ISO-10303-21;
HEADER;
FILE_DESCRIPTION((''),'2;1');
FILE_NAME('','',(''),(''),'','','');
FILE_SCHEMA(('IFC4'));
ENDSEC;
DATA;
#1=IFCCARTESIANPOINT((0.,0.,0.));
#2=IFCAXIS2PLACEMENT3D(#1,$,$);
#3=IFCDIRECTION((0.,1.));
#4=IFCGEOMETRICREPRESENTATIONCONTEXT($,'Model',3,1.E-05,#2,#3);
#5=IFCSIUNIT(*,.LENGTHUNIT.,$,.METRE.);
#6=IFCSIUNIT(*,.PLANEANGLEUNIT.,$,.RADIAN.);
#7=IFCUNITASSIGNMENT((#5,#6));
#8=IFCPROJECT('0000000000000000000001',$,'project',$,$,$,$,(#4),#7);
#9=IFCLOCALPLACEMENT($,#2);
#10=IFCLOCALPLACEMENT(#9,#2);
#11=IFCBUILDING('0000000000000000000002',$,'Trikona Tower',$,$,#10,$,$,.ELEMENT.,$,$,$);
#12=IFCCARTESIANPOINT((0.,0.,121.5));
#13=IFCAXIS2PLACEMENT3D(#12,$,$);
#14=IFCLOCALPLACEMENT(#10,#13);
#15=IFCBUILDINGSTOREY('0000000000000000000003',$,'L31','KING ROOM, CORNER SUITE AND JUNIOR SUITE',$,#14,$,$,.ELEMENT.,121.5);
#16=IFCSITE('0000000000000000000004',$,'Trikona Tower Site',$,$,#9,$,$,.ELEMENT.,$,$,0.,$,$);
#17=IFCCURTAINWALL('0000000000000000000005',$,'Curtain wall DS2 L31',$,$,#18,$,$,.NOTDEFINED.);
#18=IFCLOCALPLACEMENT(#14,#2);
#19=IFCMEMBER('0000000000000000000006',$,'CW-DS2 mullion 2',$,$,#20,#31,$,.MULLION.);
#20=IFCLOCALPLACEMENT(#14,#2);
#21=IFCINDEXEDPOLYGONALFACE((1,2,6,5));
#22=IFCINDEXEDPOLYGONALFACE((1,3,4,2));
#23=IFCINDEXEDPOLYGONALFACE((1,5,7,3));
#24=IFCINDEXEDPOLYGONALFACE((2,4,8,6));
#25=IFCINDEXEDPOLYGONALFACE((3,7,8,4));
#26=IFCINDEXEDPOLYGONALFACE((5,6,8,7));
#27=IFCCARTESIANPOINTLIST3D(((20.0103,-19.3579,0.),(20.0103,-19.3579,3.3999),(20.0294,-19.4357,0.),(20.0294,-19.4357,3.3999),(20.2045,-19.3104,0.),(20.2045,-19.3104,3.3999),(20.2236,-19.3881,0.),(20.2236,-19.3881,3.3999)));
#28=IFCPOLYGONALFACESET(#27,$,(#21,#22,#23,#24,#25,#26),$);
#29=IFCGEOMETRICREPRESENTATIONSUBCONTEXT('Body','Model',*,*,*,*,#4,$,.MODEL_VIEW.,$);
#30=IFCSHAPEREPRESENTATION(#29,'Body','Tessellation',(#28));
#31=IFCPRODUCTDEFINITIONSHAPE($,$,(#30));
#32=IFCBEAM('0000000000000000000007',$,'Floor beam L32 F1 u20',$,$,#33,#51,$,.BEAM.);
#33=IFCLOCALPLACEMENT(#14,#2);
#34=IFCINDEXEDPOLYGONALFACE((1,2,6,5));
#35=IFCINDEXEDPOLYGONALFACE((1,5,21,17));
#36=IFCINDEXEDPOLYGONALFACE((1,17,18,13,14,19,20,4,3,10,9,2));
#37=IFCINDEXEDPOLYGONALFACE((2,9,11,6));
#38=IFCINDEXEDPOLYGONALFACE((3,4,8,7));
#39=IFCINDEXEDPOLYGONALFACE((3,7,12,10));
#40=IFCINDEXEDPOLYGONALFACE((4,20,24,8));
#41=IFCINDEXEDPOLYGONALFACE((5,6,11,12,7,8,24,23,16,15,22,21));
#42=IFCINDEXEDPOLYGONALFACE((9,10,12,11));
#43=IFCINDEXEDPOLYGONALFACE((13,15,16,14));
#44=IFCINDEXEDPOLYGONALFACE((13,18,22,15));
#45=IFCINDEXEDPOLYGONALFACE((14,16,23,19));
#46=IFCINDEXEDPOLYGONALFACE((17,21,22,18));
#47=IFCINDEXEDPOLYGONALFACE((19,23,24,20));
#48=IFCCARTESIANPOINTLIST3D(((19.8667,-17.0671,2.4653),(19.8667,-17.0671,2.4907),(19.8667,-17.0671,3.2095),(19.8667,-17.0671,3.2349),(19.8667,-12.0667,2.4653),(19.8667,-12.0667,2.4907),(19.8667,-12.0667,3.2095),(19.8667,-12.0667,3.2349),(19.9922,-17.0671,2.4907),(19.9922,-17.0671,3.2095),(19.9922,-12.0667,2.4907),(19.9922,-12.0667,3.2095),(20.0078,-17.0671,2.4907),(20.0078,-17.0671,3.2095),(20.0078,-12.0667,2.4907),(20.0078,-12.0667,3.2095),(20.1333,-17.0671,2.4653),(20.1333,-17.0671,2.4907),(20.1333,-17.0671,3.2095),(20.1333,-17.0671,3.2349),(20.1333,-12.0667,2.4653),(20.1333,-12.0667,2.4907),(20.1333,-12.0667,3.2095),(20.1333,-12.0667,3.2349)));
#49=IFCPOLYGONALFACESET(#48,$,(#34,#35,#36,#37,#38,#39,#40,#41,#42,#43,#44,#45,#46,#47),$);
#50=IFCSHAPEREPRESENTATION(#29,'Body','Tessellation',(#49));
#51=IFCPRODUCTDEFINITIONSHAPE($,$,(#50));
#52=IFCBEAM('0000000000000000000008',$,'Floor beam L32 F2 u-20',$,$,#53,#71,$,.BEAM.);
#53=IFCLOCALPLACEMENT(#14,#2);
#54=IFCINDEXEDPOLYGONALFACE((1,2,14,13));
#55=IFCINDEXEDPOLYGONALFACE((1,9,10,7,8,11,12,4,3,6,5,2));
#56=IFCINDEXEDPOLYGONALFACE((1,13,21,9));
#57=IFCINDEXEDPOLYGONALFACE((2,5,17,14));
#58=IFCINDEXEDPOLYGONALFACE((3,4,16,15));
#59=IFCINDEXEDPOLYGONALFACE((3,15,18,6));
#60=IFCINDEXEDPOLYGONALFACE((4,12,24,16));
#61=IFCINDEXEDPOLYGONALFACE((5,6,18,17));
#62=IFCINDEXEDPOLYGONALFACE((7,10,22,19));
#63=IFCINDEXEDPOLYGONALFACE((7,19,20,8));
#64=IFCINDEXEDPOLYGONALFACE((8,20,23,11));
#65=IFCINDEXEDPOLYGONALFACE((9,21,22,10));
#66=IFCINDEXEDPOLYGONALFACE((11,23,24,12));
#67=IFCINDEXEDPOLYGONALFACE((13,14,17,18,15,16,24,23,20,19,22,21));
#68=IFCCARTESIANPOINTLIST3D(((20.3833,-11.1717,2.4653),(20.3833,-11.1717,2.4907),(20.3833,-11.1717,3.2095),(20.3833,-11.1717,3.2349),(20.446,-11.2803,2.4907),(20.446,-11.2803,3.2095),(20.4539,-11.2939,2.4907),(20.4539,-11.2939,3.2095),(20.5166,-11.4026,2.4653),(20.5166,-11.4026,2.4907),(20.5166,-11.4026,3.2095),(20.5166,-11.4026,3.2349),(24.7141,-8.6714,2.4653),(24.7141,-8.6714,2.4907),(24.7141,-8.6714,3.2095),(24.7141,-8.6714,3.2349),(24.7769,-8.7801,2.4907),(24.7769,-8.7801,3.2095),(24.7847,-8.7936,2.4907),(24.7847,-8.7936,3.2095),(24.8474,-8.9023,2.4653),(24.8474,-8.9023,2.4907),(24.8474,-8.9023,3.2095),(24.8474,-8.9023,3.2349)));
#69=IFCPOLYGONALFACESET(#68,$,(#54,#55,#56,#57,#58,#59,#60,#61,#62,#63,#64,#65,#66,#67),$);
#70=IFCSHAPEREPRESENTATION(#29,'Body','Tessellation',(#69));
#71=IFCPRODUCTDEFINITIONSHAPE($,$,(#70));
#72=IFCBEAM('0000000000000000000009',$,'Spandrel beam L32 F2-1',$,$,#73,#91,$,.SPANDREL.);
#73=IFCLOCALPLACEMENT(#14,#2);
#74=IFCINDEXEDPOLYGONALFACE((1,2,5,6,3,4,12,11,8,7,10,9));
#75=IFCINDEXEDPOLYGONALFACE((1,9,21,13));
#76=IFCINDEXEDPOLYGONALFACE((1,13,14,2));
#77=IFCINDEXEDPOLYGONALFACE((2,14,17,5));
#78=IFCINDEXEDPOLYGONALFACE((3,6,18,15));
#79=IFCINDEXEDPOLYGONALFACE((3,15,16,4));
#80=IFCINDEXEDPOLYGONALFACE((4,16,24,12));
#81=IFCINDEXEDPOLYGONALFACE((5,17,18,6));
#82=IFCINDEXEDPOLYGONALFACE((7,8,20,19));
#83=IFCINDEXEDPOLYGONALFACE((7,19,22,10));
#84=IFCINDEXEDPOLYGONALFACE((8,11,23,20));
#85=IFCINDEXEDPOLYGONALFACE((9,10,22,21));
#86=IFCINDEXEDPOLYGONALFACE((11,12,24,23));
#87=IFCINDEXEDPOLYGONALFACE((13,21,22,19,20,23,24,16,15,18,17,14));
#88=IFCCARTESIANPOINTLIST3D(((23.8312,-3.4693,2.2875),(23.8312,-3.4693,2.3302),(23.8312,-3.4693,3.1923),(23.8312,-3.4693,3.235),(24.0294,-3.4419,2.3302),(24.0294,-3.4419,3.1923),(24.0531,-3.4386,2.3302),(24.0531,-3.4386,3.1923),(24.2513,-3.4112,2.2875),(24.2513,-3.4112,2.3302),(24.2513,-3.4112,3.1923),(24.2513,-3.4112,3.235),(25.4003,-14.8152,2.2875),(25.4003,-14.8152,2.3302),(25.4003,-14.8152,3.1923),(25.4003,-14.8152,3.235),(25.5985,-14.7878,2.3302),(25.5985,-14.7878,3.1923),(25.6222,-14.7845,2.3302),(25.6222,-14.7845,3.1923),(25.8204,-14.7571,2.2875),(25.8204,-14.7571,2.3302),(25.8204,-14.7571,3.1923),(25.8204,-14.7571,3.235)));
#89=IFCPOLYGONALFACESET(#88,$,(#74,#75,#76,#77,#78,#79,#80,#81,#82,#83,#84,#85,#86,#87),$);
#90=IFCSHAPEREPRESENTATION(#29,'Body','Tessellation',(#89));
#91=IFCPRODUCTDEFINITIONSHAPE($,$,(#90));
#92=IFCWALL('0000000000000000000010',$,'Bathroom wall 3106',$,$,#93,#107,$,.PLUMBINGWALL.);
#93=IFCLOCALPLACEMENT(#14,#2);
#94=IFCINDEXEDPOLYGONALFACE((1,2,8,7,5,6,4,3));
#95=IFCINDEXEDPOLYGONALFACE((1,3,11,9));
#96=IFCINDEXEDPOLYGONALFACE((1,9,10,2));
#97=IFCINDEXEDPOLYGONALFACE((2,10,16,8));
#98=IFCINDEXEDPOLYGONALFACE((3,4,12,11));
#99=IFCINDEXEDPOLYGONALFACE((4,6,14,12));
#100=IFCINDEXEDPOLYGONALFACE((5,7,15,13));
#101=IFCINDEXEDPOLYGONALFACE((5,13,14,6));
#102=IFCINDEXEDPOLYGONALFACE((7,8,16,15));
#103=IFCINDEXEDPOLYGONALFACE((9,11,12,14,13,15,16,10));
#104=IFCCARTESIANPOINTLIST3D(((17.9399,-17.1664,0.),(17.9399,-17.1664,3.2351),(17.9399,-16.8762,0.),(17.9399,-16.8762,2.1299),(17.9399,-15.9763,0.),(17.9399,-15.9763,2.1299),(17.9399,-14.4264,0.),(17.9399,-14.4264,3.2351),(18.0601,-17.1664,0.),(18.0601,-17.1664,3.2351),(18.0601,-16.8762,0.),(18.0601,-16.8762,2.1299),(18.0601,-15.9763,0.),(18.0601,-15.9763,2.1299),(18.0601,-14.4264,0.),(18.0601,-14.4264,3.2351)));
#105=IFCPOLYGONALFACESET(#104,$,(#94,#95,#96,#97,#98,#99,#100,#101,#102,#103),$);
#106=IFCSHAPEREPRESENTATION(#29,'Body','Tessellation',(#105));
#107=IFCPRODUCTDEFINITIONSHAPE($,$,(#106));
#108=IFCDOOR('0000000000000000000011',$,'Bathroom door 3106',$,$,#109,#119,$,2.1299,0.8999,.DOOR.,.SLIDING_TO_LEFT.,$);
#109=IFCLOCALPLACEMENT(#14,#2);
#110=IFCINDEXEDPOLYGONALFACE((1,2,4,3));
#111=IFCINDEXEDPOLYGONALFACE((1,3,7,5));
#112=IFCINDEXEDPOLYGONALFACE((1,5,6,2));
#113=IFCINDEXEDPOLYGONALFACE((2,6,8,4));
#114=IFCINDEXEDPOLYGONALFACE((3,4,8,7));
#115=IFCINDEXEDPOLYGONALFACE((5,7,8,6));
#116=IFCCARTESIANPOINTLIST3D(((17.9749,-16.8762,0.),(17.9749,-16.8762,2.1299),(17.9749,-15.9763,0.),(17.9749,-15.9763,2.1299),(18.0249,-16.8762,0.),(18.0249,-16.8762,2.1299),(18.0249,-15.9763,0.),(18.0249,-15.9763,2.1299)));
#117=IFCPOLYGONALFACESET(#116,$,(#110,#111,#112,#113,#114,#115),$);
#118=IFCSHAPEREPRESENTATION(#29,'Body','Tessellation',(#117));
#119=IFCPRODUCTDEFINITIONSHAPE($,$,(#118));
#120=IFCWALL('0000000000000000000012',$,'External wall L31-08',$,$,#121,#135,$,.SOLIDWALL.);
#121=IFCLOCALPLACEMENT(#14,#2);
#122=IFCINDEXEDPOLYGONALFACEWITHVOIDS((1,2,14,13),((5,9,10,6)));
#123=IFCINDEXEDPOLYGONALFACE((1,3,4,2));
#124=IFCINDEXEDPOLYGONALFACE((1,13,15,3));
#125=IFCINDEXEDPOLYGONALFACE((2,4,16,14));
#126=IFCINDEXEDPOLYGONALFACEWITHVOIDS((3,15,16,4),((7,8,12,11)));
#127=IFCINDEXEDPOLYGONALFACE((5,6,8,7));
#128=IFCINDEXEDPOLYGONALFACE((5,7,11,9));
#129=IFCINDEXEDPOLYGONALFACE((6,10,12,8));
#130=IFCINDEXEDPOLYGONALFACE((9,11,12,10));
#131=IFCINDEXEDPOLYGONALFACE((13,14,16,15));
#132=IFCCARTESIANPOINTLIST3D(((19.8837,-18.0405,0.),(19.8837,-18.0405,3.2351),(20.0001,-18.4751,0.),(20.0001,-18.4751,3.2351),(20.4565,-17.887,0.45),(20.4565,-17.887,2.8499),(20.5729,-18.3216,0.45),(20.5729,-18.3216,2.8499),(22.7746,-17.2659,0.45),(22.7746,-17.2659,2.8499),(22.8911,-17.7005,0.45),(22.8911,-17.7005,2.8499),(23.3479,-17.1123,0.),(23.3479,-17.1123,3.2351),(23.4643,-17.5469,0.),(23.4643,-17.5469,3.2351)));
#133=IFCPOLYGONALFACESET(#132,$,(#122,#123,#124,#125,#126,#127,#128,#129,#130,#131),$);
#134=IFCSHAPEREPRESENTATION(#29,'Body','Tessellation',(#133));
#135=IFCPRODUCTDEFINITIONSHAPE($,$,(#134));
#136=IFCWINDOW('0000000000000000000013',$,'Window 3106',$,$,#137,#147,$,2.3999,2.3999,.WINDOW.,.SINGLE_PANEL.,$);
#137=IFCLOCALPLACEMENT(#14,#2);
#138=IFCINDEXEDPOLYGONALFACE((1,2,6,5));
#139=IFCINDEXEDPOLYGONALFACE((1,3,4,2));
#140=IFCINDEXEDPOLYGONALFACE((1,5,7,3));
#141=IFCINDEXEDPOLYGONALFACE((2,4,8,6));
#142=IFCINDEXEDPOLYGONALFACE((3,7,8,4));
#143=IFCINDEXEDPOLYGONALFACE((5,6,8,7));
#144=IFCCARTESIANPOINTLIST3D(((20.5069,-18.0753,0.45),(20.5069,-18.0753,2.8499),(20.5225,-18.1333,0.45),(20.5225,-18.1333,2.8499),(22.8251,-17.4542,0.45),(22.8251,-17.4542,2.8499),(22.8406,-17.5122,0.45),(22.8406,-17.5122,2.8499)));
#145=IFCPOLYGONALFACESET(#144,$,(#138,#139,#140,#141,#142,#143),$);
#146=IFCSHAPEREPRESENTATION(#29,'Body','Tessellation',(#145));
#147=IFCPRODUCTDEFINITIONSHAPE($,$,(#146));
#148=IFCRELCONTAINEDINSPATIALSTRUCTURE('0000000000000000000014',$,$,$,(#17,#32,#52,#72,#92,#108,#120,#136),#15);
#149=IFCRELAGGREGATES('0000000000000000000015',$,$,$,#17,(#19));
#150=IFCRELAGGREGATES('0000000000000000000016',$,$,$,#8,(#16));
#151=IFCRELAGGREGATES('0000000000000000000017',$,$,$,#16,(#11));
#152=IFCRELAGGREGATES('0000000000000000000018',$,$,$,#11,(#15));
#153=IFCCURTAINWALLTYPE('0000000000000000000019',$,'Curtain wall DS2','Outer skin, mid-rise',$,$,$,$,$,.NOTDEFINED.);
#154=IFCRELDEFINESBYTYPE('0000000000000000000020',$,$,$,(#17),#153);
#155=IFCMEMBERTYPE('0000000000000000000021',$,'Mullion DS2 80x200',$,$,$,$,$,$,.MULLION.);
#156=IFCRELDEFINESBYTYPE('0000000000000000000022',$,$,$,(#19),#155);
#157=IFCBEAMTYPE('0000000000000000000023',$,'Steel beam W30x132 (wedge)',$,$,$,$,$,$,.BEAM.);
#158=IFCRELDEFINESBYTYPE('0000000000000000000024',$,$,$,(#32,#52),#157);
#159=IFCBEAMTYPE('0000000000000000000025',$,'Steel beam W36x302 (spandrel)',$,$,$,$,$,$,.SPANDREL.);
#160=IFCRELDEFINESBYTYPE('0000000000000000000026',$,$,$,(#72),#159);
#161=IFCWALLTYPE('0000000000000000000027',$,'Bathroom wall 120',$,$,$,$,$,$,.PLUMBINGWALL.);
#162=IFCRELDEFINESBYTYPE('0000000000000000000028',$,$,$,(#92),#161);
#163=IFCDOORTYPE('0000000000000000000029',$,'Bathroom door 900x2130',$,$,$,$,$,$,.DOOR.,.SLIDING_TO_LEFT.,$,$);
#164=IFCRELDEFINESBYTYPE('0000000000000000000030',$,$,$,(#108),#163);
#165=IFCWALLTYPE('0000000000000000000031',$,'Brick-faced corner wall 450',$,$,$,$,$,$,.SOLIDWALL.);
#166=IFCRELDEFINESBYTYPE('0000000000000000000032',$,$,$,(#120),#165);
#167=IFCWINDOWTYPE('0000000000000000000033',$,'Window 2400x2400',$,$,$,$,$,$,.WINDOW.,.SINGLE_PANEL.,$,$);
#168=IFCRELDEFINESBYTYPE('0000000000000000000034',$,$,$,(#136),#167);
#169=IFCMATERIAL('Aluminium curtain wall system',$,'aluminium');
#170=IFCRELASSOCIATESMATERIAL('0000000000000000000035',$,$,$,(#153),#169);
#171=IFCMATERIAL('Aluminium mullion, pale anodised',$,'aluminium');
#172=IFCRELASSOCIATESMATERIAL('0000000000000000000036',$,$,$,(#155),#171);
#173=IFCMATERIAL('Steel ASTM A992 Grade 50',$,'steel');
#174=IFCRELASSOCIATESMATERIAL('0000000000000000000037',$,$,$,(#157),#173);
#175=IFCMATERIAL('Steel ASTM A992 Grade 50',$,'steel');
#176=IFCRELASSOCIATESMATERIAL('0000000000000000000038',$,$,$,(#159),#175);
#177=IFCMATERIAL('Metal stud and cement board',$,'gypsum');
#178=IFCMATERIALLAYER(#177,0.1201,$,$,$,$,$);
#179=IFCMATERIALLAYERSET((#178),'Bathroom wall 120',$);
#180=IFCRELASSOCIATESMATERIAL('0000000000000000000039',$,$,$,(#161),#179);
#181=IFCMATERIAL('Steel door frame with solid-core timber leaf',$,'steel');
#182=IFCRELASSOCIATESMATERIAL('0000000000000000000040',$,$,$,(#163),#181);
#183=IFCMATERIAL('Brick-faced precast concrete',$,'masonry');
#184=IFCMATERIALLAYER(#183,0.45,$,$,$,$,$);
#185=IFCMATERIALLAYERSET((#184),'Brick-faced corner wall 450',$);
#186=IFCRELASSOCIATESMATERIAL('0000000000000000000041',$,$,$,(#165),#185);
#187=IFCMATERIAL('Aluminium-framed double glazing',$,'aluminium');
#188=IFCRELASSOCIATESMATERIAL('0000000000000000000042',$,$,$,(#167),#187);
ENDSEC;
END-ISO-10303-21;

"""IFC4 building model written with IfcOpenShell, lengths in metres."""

from ifc_helpers import new_model, si_unit, direction, frame, frame_2d, origin, origin_2d, place, context, subcontext, project, spatial, rectangle, i_section, extrude, material, layer, layer_set, material_profile, profile_set, type_object, element, fill, aggregate, save


model = new_model("IFC4")

# Units and contexts
model_context = context("Model", 3, precision=1e-05, world=origin(), true_north=direction((0.0, 1.0)))
body_context = subcontext(model_context, "Body", "Model", "MODEL_VIEW")
ifc_project = project(units=[si_unit("LENGTHUNIT", "METRE"), si_unit("PLANEANGLEUNIT", "RADIAN")], contexts=[model_context])

# Site, building, storey
site_placement = place(None, origin())
site = spatial("IfcSite", under=ifc_project, at=site_placement, Name="Trikona Tower Site", CompositionType="ELEMENT", RefElevation=0.0)
building_placement = place(site_placement, origin())
building = spatial("IfcBuilding", under=site, at=building_placement, Name="Trikona Tower", CompositionType="ELEMENT")
storey_placement = place(building_placement, frame((0.0, 0.0, 121.5)))
storey = spatial("IfcBuildingStorey", under=building, at=storey_placement, Name="L31", Description="KING ROOM, CORNER SUITE AND JUNIOR SUITE", CompositionType="ELEMENT", Elevation=121.5)

# Curtain wall, member
ifc_material_1 = material(Name="Aluminium curtain wall system", Category="aluminium")
curtain_wall_type = type_object("IfcCurtainWallType", Name="Curtain wall DS2", Description="Outer skin, mid-rise", PredefinedType="NOTDEFINED", material=ifc_material_1)
curtain_wall_placement = place(storey_placement, origin())
curtain_wall = element("IfcCurtainWall", 1, at=curtain_wall_placement, inside=storey, type_object=curtain_wall_type, Name="Curtain wall DS2 L31", PredefinedType="NOTDEFINED")
ifc_material_2 = material(Name="Aluminium mullion, pale anodised", Category="aluminium")
ifc_material_profile_1 = material_profile(ifc_material_2, rectangle(XDim=0.0801, YDim=0.2, at=origin_2d()), Name="MUL-DS2")
ifc_profile_set_1 = profile_set([ifc_material_profile_1], Name="Aluminium mullion, pale anodised")
member_type = type_object("IfcMemberType", Name="Mullion DS2 80x200", PredefinedType="MULLION", material=ifc_profile_set_1)
member_placement = place(storey_placement, frame((20.1169, -19.373, 0.0), z_axis=(0.0, 0.0, 1.0), x_axis=(-0.23797, 0.971272, 0.0)))
member = element("IfcMember", 2, at=member_placement, type_object=member_type, Name="CW-DS2 mullion 2", PredefinedType="MULLION", context=body_context, shape_type="SweptSolid", body=[
    extrude(rectangle(XDim=0.0801, YDim=0.2, at=origin_2d()), origin(), (0.0, 0.0, 1.0), 3.3999),
])
aggregate(curtain_wall, [member])

# Beams
ifc_material_3 = material(Name="Steel ASTM A992 Grade 50", Category="steel")
ifc_material_profile_2 = material_profile(ifc_material_3, i_section(OverallWidth=0.2666, OverallDepth=0.7695, WebThickness=0.0156, FlangeThickness=0.0254, at=origin_2d()), Name="W30X132")
ifc_profile_set_2 = profile_set([ifc_material_profile_2], Name="Steel ASTM A992 Grade 50")
beam_type_1 = type_object("IfcBeamType", Name="Steel beam W30x132 (wedge)", PredefinedType="BEAM", material=ifc_profile_set_2)
beam_1_placement = place(storey_placement, frame((20.0, -12.0667, 2.8501), z_axis=(0.0, -1.0, 0.0), x_axis=(1.0, 0.0, 0.0)))
element("IfcBeam", 3, at=beam_1_placement, inside=storey, type_object=beam_type_1, Name="Floor beam L32 F1 u20", PredefinedType="BEAM", context=body_context, shape_type="SweptSolid", body=[
    extrude(i_section(OverallWidth=0.2666, OverallDepth=0.7695, WebThickness=0.0156, FlangeThickness=0.0254, at=origin_2d()), origin(), (0.0, 0.0, 1.0), 5.0005),
])
beam_2_placement = place(storey_placement, frame((20.45, -11.2871, 2.8501), z_axis=(0.866038, 0.499977, 0.0), x_axis=(-0.499977, 0.866038, 0.0)))
element("IfcBeam", 4, at=beam_2_placement, inside=storey, type_object=beam_type_1, Name="Floor beam L32 F2 u-20", PredefinedType="BEAM", context=body_context, shape_type="SweptSolid", body=[
    extrude(i_section(OverallWidth=0.2666, OverallDepth=0.7695, WebThickness=0.0156, FlangeThickness=0.0254, at=origin_2d()), origin(), (0.0, 0.0, 1.0), 5.0007),
])
ifc_material_4 = material(Name="Steel ASTM A992 Grade 50", Category="steel")
ifc_material_profile_3 = material_profile(ifc_material_4, i_section(OverallWidth=0.4241, OverallDepth=0.9475, WebThickness=0.0239, FlangeThickness=0.0427, at=origin_2d()), Name="W36X302")
ifc_profile_set_3 = profile_set([ifc_material_profile_3], Name="Steel ASTM A992 Grade 50")
beam_type_2 = type_object("IfcBeamType", Name="Steel beam W36x302 (spandrel)", PredefinedType="SPANDREL", material=ifc_profile_set_3)
beam_3_placement = place(storey_placement, frame((25.6104, -14.7861, 2.7612), z_axis=(-0.136992, 0.990572, 0.0), x_axis=(-0.990572, -0.136992, 0.0)))
element("IfcBeam", 5, at=beam_3_placement, inside=storey, type_object=beam_type_2, Name="Spandrel beam L32 F2-1", PredefinedType="SPANDREL", context=body_context, shape_type="SweptSolid", body=[
    extrude(i_section(OverallWidth=0.4241, OverallDepth=0.9475, WebThickness=0.0239, FlangeThickness=0.0427, at=origin_2d()), origin(), (0.0, 0.0, 1.0), 11.4539),
])

# Wall, opening, door
ifc_material_5 = material(Name="Metal stud and cement board", Category="gypsum")
ifc_layer_1 = layer(ifc_material_5, 0.1201)
ifc_layer_set_1 = layer_set([ifc_layer_1], Name="Bathroom wall 120")
wall_type_1 = type_object("IfcWallType", Name="Bathroom wall 120", PredefinedType="PLUMBINGWALL", material=ifc_layer_set_1)
wall_1_placement = place(storey_placement, frame((18.0, -14.4263, 0.0), z_axis=(0.0, 0.0, 1.0), x_axis=(0.0, -1.0, 0.0)))
wall_1 = element("IfcWall", 6, at=wall_1_placement, inside=storey, type_object=wall_type_1, Name="Bathroom wall 3106", PredefinedType="PLUMBINGWALL", context=body_context, shape_type="SweptSolid", body=[
    extrude(rectangle(XDim=2.74, YDim=0.1201, at=frame_2d((1.3701, 0.0))), origin(), (0.0, 0.0, 1.0), 3.2351),
])
opening_1_placement = place(wall_1_placement, frame((1.55, 0.0, 0.0)))
opening_1 = element("IfcOpeningElement", 7, at=opening_1_placement, cuts=wall_1, PredefinedType="OPENING", context=body_context, shape_type="SweptSolid", body=[
    extrude(rectangle(XDim=0.8999, YDim=2.1299, at=frame_2d((0.45, 1.0649))), frame((0.0, 0.0701, 0.0), z_axis=(0.0, -1.0, 0.0), x_axis=(1.0, 0.0, 0.0)), (0.0, 0.0, 1.0), 0.1401),
])
ifc_material_6 = material(Name="Steel door frame with solid-core timber leaf", Category="steel")
door_type_1 = type_object("IfcDoorType", Name="Bathroom door 900x2130", OperationType="SLIDING_TO_LEFT", PredefinedType="DOOR", material=ifc_material_6)
door_1_placement = place(opening_1_placement, origin())
door_1 = element("IfcDoor", 8, at=door_1_placement, inside=storey, type_object=door_type_1, Name="Bathroom door 3106", OperationType="SLIDING_TO_LEFT", OverallHeight=2.1299, OverallWidth=0.8999, PredefinedType="DOOR", context=body_context, shape_type="SweptSolid", body=[
    extrude(rectangle(XDim=0.8999, YDim=2.1299, at=frame_2d((0.45, 1.0649))), frame((0.0, 0.0249, 0.0), z_axis=(0.0, -1.0, 0.0), x_axis=(1.0, 0.0, 0.0)), (0.0, 0.0, 1.0), 0.05),
])
fill(opening_1, door_1)

# Wall, opening, window
ifc_material_7 = material(Name="Brick-faced precast concrete", Category="masonry")
ifc_layer_2 = layer(ifc_material_7, 0.45)
ifc_layer_set_2 = layer_set([ifc_layer_2], Name="Brick-faced corner wall 450")
wall_type_2 = type_object("IfcWallType", Name="Brick-faced corner wall 450", PredefinedType="SOLIDWALL", material=ifc_layer_set_2)
wall_2_placement = place(storey_placement, frame((19.9419, -18.2578, 0.0), z_axis=(0.0, 0.0, 1.0), x_axis=(0.965925, 0.258823, 0.0)))
wall_2 = element("IfcWall", 9, at=wall_2_placement, inside=storey, type_object=wall_type_2, Name="External wall L31-08", PredefinedType="SOLIDWALL", context=body_context, shape_type="SweptSolid", body=[
    extrude(rectangle(XDim=3.5864, YDim=0.45, at=frame_2d((1.7932, 0.0))), origin(), (0.0, 0.0, 1.0), 3.2351),
])
opening_2_placement = place(wall_2_placement, frame((0.593, 0.0, 0.45)))
opening_2 = element("IfcOpeningElement", 10, at=opening_2_placement, cuts=wall_2, PredefinedType="OPENING", context=body_context, shape_type="SweptSolid", body=[
    extrude(rectangle(XDim=2.3999, YDim=2.3999, at=frame_2d((1.2, 1.2))), frame((0.0, 0.2349, 0.0), z_axis=(0.0, -1.0, 0.0), x_axis=(1.0, 0.0, 0.0)), (0.0, 0.0, 1.0), 0.47),
])
ifc_material_8 = material(Name="Aluminium-framed double glazing", Category="aluminium")
window_type_1 = type_object("IfcWindowType", Name="Window 2400x2400", PartitioningType="SINGLE_PANEL", PredefinedType="WINDOW", material=ifc_material_8)
window_1_placement = place(opening_2_placement, origin())
window_1 = element("IfcWindow", 11, at=window_1_placement, inside=storey, type_object=window_type_1, Name="Window 3106", OverallHeight=2.3999, OverallWidth=2.3999, PartitioningType="SINGLE_PANEL", PredefinedType="WINDOW", context=body_context, shape_type="SweptSolid", body=[
    extrude(rectangle(XDim=2.3999, YDim=2.3999, at=frame_2d((1.2, 1.2))), frame((0.0, 0.03, 0.0), z_axis=(0.0, -1.0, 0.0), x_axis=(1.0, 0.0, 0.0)), (0.0, 0.0, 1.0), 0.0601),
])
fill(opening_2, window_1)

save(model, "model.ifc")
